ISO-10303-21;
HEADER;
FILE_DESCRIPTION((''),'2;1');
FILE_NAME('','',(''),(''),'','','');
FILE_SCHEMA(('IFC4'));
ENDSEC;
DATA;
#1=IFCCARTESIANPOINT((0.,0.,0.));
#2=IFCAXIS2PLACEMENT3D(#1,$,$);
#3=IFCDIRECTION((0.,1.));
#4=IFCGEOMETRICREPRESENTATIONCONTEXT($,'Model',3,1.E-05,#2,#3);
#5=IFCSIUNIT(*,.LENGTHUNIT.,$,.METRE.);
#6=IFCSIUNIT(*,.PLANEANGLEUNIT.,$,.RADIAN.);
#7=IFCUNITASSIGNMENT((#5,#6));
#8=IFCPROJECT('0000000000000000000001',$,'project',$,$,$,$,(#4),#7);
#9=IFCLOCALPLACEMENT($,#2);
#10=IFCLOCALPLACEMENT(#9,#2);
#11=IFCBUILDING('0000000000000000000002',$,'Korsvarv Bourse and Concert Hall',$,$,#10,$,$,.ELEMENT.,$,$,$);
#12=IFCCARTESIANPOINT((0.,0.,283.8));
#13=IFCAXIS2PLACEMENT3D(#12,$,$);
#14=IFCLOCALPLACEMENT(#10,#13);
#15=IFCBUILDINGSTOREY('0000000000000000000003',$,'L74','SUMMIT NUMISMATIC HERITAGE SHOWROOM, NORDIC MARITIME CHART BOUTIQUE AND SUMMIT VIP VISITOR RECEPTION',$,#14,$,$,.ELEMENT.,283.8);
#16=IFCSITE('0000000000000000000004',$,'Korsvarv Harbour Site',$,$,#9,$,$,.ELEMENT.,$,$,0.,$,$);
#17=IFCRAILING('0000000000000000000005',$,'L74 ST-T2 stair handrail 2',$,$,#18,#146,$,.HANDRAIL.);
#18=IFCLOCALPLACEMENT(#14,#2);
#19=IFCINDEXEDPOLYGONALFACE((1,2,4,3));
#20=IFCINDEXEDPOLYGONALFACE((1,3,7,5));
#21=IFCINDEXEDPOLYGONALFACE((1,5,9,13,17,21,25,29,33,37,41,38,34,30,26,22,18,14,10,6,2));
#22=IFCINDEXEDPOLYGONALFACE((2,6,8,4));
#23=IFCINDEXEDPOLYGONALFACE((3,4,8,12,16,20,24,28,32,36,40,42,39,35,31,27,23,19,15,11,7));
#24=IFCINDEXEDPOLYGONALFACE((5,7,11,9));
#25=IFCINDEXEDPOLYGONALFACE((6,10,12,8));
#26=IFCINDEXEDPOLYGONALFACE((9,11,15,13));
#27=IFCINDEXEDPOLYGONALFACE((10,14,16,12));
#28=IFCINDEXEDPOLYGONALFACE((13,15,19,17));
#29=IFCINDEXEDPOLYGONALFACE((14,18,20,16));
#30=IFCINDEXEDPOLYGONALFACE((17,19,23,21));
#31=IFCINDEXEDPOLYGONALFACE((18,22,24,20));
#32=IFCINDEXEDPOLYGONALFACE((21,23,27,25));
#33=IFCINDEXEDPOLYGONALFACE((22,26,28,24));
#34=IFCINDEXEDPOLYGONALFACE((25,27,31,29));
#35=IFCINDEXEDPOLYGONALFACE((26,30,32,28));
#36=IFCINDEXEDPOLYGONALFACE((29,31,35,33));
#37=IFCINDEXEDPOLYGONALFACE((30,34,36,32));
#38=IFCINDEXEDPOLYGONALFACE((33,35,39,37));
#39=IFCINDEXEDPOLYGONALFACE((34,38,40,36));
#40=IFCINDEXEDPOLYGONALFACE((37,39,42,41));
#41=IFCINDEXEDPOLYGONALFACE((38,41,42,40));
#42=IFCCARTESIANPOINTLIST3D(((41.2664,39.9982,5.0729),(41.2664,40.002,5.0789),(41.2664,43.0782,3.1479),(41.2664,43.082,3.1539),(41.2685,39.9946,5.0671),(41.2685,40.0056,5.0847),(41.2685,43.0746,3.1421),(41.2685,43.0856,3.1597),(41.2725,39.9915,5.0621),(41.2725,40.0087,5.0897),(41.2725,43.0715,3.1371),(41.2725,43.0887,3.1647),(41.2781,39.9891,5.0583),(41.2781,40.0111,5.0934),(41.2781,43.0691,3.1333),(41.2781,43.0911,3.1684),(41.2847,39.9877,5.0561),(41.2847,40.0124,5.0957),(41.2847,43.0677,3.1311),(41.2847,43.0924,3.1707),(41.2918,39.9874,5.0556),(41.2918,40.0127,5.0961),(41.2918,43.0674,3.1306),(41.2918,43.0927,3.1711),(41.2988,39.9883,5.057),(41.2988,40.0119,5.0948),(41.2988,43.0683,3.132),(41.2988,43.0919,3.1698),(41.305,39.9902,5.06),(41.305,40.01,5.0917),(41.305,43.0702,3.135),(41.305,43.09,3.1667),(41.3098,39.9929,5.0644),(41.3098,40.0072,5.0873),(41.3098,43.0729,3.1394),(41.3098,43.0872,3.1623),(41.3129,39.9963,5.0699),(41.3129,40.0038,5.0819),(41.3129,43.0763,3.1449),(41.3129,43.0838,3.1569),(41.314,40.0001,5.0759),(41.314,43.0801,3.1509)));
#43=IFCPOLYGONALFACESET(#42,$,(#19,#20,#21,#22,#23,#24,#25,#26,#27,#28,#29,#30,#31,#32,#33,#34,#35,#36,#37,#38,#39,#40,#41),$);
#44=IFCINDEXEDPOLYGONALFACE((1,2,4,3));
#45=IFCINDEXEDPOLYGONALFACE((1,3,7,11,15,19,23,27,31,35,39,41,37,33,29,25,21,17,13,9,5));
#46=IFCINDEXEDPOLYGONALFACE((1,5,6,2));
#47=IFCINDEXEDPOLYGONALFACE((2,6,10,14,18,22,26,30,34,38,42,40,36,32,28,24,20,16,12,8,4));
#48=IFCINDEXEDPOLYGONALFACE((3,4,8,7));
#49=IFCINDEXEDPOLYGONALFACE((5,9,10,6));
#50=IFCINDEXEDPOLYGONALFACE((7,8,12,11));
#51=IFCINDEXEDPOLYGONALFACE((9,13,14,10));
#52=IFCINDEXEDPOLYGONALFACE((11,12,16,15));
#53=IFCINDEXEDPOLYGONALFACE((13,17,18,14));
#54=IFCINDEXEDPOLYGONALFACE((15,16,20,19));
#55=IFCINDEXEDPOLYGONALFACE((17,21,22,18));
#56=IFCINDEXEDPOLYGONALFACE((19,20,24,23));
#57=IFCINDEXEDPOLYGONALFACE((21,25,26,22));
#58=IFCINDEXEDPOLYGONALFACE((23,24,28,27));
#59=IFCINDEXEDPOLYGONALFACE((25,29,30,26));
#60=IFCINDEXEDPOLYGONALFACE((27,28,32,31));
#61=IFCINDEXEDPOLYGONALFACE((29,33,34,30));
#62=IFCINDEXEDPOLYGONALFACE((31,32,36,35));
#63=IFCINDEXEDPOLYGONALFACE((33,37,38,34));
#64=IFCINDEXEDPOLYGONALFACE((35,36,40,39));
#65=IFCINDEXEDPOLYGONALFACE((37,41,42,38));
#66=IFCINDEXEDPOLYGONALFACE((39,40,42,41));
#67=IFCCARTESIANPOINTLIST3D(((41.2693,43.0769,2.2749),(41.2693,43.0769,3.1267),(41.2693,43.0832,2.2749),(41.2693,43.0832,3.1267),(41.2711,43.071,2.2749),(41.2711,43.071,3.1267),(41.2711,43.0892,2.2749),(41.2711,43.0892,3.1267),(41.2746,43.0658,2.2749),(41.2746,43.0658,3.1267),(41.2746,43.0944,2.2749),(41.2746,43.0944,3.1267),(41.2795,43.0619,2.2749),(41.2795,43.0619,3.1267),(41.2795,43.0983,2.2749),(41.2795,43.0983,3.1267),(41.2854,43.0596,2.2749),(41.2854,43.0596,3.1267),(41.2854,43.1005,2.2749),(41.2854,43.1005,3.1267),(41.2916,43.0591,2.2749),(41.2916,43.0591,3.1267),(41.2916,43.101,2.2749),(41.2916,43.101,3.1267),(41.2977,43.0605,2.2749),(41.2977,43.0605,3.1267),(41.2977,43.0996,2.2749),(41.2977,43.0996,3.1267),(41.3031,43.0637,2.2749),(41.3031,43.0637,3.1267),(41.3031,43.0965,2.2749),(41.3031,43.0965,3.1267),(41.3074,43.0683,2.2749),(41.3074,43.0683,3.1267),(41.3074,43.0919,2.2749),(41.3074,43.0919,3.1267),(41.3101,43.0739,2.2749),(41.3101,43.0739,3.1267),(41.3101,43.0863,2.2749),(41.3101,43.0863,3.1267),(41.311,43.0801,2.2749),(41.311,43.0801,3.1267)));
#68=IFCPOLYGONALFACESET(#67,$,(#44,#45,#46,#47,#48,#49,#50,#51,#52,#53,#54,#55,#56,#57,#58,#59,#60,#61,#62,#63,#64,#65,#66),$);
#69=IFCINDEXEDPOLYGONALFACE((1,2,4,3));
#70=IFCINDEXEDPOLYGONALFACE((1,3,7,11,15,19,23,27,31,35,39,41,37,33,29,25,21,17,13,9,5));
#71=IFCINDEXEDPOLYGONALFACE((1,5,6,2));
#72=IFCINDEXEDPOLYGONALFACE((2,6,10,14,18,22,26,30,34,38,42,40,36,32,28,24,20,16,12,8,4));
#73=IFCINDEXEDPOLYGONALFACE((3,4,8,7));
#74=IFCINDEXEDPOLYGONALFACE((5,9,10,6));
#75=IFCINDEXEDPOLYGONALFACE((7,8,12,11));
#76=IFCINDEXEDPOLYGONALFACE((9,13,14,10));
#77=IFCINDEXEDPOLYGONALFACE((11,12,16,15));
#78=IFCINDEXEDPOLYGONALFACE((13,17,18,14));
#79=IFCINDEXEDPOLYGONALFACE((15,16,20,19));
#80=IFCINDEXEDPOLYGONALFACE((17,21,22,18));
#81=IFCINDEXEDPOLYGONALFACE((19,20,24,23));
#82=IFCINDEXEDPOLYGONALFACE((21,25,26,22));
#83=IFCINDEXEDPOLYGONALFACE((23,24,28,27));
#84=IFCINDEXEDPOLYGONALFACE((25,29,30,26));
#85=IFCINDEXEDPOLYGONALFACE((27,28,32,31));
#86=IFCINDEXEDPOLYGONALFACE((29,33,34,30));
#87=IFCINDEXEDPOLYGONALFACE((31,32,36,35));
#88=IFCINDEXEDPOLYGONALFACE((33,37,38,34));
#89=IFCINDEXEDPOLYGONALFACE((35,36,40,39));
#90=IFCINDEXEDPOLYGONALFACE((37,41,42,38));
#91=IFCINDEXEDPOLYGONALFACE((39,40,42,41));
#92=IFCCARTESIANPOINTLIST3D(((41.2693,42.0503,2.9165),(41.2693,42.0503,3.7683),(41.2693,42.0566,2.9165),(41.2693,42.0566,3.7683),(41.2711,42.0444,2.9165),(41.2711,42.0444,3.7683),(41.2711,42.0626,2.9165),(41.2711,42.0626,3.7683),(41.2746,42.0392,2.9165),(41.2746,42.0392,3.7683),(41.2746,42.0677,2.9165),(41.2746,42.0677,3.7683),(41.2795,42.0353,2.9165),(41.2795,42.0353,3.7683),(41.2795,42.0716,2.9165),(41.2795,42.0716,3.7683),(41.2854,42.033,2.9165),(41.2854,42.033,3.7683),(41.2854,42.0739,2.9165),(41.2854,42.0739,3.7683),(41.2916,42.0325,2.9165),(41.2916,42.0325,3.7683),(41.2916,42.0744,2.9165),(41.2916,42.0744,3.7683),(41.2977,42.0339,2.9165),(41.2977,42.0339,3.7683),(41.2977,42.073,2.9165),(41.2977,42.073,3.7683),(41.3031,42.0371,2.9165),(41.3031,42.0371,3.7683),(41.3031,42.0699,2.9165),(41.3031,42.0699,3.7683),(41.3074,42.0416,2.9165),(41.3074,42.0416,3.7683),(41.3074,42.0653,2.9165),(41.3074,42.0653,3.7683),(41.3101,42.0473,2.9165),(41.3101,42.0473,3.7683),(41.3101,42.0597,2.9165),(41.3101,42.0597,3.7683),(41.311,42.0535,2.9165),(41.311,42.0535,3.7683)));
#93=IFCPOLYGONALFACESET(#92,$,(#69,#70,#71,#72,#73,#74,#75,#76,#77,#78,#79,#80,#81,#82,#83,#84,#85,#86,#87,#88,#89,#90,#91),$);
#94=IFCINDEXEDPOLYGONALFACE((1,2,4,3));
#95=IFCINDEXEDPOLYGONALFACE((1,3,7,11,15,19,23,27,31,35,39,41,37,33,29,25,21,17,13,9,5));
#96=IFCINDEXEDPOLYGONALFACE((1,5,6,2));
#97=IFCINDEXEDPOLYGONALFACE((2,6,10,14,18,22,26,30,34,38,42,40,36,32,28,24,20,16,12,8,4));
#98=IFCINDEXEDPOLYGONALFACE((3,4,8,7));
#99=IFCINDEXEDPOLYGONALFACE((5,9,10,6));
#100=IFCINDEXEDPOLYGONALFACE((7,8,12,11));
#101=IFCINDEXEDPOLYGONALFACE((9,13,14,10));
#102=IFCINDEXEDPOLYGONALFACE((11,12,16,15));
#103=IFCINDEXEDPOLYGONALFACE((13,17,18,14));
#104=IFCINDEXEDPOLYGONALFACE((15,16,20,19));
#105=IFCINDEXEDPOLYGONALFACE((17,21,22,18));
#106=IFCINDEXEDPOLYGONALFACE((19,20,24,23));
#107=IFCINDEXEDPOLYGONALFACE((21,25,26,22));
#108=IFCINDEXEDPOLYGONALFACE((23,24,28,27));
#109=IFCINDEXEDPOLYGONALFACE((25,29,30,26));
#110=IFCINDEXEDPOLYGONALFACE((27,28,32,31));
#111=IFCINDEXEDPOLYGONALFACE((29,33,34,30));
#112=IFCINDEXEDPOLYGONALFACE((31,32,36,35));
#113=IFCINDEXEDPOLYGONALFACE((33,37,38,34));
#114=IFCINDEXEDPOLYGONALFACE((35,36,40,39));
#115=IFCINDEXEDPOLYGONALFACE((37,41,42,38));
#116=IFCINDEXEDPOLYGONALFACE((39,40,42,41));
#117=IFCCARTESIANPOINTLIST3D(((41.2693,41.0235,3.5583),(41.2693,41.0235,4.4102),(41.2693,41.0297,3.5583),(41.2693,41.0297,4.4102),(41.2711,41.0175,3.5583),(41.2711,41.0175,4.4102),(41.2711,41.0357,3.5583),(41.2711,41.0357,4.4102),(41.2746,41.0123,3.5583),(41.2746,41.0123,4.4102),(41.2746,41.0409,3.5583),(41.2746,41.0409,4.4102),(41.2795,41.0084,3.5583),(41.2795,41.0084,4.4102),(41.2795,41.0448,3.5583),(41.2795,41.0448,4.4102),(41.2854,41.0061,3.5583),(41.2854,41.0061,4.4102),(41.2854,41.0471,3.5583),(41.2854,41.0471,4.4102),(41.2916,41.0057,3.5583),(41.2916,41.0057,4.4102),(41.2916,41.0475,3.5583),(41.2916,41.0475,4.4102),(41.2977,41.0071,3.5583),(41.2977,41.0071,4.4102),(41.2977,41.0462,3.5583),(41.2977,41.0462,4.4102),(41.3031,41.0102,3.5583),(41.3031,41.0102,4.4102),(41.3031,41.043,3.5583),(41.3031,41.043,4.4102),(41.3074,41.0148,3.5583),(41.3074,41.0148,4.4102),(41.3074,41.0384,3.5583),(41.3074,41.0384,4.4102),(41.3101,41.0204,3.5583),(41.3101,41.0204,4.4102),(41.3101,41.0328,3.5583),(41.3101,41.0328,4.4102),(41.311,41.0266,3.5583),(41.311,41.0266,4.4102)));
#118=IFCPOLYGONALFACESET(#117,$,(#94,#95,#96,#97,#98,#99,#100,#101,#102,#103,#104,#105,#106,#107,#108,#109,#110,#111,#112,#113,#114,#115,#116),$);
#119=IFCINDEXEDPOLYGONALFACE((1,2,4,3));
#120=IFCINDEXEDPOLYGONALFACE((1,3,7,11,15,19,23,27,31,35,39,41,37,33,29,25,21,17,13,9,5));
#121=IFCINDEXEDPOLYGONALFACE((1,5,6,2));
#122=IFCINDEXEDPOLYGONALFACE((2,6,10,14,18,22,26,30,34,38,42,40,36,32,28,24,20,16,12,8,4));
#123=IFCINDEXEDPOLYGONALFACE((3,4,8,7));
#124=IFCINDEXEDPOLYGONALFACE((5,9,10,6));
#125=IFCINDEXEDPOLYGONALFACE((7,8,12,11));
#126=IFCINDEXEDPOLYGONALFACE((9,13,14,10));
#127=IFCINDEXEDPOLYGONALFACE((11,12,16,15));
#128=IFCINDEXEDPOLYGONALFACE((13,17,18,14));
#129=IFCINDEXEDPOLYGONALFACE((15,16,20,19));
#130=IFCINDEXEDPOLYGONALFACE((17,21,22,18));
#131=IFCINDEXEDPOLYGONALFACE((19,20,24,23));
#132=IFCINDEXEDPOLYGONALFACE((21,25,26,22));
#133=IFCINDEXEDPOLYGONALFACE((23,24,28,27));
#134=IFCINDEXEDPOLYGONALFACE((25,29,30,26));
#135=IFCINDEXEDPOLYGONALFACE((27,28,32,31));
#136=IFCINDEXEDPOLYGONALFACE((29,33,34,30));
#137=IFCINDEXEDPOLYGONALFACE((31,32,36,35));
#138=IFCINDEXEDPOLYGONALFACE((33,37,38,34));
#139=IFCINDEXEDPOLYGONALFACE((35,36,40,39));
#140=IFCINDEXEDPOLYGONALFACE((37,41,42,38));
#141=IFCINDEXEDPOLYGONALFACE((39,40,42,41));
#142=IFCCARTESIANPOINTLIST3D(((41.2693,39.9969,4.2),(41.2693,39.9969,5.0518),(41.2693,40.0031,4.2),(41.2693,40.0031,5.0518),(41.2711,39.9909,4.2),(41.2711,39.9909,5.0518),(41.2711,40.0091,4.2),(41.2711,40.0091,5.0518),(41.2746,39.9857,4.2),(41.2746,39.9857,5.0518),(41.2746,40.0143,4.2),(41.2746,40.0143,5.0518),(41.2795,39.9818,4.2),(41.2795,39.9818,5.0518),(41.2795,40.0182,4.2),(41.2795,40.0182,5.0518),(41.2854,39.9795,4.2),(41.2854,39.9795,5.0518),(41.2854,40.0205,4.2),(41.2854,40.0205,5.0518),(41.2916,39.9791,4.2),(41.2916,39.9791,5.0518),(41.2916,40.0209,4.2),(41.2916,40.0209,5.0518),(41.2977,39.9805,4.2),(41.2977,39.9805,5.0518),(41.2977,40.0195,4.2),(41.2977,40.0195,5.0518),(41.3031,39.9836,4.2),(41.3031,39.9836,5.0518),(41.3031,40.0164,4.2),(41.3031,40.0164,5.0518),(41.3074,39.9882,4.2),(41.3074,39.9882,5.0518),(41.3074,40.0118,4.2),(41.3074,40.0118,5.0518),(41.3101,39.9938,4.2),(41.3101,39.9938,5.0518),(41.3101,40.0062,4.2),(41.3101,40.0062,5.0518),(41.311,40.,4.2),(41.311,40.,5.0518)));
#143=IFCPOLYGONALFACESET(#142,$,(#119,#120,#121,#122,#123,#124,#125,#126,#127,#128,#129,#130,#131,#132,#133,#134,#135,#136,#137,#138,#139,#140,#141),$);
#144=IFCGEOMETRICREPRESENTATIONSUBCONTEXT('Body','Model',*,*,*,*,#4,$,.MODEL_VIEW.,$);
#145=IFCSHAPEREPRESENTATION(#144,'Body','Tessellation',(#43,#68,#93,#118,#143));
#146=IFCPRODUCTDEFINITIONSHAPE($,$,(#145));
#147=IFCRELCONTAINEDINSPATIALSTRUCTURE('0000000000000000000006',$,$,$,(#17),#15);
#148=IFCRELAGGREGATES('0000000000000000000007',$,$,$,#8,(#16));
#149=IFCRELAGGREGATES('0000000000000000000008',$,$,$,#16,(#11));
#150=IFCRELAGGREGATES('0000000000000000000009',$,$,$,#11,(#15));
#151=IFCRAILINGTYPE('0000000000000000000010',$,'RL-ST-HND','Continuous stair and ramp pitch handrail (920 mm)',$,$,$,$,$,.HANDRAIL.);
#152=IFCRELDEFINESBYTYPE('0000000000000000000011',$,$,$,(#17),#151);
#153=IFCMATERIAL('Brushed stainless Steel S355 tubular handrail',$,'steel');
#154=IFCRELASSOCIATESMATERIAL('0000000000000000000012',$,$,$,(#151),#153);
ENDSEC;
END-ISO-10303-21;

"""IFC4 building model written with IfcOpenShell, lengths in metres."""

from ifc_helpers import new_model, si_unit, direction, frame, origin, origin_2d, place, context, subcontext, project, spatial, circle, extrude, material, type_object, element, save


model = new_model("IFC4")

# Units and contexts
model_context = context("Model", 3, precision=1e-05, world=origin(), true_north=direction((0.0, 1.0)))
body_context = subcontext(model_context, "Body", "Model", "MODEL_VIEW")
ifc_project = project(units=[si_unit("LENGTHUNIT", "METRE"), si_unit("PLANEANGLEUNIT", "RADIAN")], contexts=[model_context])

# Site, building, storey
site_placement = place(None, origin())
site = spatial("IfcSite", under=ifc_project, at=site_placement, Name="Korsvarv Harbour Site", CompositionType="ELEMENT", RefElevation=0.0)
building_placement = place(site_placement, origin())
building = spatial("IfcBuilding", under=site, at=building_placement, Name="Korsvarv Bourse and Concert Hall", CompositionType="ELEMENT")
storey_placement = place(building_placement, frame((0.0, 0.0, 283.8)))
storey = spatial("IfcBuildingStorey", under=building, at=storey_placement, Name="L74", Description="SUMMIT NUMISMATIC HERITAGE SHOWROOM, NORDIC MARITIME CHART BOUTIQUE AND SUMMIT VIP VISITOR RECEPTION", CompositionType="ELEMENT", Elevation=283.8)

# Railing
ifc_material_1 = material(Name="Brushed stainless Steel S355 tubular handrail", Category="steel")
railing_type_1 = type_object("IfcRailingType", Name="RL-ST-HND", Description="Continuous stair and ramp pitch handrail (920 mm)", PredefinedType="HANDRAIL", material=ifc_material_1)
railing_1_placement = place(storey_placement, frame((41.29, 43.0801, 2.2749)))
element("IfcRailing", 1, at=railing_1_placement, inside=storey, type_object=railing_type_1, Name="L74 ST-T2 stair handrail 2", PredefinedType="HANDRAIL", context=body_context, shape_type="SweptSolid", body=[
    extrude(circle(Radius=0.0239, at=origin_2d()), frame((0.0, 0.0, 0.876), z_axis=(0.0, -0.847998, 0.529999), x_axis=(1.0, 0.0, 0.0)), (0.0, 0.0, 1.0), 3.6321),
    extrude(circle(Radius=0.021, at=origin_2d()), origin(), (0.0, 0.0, 1.0), 0.8518),
    extrude(circle(Radius=0.021, at=origin_2d()), frame((0.0, -1.0266, 0.6416)), (0.0, 0.0, 1.0), 0.8518),
    extrude(circle(Radius=0.021, at=origin_2d()), frame((0.0, -2.0535, 1.2834)), (0.0, 0.0, 1.0), 0.8518),
    extrude(circle(Radius=0.021, at=origin_2d()), frame((0.0, -3.0801, 1.925)), (0.0, 0.0, 1.0), 0.8518),
])

save(model, "model.ifc")
